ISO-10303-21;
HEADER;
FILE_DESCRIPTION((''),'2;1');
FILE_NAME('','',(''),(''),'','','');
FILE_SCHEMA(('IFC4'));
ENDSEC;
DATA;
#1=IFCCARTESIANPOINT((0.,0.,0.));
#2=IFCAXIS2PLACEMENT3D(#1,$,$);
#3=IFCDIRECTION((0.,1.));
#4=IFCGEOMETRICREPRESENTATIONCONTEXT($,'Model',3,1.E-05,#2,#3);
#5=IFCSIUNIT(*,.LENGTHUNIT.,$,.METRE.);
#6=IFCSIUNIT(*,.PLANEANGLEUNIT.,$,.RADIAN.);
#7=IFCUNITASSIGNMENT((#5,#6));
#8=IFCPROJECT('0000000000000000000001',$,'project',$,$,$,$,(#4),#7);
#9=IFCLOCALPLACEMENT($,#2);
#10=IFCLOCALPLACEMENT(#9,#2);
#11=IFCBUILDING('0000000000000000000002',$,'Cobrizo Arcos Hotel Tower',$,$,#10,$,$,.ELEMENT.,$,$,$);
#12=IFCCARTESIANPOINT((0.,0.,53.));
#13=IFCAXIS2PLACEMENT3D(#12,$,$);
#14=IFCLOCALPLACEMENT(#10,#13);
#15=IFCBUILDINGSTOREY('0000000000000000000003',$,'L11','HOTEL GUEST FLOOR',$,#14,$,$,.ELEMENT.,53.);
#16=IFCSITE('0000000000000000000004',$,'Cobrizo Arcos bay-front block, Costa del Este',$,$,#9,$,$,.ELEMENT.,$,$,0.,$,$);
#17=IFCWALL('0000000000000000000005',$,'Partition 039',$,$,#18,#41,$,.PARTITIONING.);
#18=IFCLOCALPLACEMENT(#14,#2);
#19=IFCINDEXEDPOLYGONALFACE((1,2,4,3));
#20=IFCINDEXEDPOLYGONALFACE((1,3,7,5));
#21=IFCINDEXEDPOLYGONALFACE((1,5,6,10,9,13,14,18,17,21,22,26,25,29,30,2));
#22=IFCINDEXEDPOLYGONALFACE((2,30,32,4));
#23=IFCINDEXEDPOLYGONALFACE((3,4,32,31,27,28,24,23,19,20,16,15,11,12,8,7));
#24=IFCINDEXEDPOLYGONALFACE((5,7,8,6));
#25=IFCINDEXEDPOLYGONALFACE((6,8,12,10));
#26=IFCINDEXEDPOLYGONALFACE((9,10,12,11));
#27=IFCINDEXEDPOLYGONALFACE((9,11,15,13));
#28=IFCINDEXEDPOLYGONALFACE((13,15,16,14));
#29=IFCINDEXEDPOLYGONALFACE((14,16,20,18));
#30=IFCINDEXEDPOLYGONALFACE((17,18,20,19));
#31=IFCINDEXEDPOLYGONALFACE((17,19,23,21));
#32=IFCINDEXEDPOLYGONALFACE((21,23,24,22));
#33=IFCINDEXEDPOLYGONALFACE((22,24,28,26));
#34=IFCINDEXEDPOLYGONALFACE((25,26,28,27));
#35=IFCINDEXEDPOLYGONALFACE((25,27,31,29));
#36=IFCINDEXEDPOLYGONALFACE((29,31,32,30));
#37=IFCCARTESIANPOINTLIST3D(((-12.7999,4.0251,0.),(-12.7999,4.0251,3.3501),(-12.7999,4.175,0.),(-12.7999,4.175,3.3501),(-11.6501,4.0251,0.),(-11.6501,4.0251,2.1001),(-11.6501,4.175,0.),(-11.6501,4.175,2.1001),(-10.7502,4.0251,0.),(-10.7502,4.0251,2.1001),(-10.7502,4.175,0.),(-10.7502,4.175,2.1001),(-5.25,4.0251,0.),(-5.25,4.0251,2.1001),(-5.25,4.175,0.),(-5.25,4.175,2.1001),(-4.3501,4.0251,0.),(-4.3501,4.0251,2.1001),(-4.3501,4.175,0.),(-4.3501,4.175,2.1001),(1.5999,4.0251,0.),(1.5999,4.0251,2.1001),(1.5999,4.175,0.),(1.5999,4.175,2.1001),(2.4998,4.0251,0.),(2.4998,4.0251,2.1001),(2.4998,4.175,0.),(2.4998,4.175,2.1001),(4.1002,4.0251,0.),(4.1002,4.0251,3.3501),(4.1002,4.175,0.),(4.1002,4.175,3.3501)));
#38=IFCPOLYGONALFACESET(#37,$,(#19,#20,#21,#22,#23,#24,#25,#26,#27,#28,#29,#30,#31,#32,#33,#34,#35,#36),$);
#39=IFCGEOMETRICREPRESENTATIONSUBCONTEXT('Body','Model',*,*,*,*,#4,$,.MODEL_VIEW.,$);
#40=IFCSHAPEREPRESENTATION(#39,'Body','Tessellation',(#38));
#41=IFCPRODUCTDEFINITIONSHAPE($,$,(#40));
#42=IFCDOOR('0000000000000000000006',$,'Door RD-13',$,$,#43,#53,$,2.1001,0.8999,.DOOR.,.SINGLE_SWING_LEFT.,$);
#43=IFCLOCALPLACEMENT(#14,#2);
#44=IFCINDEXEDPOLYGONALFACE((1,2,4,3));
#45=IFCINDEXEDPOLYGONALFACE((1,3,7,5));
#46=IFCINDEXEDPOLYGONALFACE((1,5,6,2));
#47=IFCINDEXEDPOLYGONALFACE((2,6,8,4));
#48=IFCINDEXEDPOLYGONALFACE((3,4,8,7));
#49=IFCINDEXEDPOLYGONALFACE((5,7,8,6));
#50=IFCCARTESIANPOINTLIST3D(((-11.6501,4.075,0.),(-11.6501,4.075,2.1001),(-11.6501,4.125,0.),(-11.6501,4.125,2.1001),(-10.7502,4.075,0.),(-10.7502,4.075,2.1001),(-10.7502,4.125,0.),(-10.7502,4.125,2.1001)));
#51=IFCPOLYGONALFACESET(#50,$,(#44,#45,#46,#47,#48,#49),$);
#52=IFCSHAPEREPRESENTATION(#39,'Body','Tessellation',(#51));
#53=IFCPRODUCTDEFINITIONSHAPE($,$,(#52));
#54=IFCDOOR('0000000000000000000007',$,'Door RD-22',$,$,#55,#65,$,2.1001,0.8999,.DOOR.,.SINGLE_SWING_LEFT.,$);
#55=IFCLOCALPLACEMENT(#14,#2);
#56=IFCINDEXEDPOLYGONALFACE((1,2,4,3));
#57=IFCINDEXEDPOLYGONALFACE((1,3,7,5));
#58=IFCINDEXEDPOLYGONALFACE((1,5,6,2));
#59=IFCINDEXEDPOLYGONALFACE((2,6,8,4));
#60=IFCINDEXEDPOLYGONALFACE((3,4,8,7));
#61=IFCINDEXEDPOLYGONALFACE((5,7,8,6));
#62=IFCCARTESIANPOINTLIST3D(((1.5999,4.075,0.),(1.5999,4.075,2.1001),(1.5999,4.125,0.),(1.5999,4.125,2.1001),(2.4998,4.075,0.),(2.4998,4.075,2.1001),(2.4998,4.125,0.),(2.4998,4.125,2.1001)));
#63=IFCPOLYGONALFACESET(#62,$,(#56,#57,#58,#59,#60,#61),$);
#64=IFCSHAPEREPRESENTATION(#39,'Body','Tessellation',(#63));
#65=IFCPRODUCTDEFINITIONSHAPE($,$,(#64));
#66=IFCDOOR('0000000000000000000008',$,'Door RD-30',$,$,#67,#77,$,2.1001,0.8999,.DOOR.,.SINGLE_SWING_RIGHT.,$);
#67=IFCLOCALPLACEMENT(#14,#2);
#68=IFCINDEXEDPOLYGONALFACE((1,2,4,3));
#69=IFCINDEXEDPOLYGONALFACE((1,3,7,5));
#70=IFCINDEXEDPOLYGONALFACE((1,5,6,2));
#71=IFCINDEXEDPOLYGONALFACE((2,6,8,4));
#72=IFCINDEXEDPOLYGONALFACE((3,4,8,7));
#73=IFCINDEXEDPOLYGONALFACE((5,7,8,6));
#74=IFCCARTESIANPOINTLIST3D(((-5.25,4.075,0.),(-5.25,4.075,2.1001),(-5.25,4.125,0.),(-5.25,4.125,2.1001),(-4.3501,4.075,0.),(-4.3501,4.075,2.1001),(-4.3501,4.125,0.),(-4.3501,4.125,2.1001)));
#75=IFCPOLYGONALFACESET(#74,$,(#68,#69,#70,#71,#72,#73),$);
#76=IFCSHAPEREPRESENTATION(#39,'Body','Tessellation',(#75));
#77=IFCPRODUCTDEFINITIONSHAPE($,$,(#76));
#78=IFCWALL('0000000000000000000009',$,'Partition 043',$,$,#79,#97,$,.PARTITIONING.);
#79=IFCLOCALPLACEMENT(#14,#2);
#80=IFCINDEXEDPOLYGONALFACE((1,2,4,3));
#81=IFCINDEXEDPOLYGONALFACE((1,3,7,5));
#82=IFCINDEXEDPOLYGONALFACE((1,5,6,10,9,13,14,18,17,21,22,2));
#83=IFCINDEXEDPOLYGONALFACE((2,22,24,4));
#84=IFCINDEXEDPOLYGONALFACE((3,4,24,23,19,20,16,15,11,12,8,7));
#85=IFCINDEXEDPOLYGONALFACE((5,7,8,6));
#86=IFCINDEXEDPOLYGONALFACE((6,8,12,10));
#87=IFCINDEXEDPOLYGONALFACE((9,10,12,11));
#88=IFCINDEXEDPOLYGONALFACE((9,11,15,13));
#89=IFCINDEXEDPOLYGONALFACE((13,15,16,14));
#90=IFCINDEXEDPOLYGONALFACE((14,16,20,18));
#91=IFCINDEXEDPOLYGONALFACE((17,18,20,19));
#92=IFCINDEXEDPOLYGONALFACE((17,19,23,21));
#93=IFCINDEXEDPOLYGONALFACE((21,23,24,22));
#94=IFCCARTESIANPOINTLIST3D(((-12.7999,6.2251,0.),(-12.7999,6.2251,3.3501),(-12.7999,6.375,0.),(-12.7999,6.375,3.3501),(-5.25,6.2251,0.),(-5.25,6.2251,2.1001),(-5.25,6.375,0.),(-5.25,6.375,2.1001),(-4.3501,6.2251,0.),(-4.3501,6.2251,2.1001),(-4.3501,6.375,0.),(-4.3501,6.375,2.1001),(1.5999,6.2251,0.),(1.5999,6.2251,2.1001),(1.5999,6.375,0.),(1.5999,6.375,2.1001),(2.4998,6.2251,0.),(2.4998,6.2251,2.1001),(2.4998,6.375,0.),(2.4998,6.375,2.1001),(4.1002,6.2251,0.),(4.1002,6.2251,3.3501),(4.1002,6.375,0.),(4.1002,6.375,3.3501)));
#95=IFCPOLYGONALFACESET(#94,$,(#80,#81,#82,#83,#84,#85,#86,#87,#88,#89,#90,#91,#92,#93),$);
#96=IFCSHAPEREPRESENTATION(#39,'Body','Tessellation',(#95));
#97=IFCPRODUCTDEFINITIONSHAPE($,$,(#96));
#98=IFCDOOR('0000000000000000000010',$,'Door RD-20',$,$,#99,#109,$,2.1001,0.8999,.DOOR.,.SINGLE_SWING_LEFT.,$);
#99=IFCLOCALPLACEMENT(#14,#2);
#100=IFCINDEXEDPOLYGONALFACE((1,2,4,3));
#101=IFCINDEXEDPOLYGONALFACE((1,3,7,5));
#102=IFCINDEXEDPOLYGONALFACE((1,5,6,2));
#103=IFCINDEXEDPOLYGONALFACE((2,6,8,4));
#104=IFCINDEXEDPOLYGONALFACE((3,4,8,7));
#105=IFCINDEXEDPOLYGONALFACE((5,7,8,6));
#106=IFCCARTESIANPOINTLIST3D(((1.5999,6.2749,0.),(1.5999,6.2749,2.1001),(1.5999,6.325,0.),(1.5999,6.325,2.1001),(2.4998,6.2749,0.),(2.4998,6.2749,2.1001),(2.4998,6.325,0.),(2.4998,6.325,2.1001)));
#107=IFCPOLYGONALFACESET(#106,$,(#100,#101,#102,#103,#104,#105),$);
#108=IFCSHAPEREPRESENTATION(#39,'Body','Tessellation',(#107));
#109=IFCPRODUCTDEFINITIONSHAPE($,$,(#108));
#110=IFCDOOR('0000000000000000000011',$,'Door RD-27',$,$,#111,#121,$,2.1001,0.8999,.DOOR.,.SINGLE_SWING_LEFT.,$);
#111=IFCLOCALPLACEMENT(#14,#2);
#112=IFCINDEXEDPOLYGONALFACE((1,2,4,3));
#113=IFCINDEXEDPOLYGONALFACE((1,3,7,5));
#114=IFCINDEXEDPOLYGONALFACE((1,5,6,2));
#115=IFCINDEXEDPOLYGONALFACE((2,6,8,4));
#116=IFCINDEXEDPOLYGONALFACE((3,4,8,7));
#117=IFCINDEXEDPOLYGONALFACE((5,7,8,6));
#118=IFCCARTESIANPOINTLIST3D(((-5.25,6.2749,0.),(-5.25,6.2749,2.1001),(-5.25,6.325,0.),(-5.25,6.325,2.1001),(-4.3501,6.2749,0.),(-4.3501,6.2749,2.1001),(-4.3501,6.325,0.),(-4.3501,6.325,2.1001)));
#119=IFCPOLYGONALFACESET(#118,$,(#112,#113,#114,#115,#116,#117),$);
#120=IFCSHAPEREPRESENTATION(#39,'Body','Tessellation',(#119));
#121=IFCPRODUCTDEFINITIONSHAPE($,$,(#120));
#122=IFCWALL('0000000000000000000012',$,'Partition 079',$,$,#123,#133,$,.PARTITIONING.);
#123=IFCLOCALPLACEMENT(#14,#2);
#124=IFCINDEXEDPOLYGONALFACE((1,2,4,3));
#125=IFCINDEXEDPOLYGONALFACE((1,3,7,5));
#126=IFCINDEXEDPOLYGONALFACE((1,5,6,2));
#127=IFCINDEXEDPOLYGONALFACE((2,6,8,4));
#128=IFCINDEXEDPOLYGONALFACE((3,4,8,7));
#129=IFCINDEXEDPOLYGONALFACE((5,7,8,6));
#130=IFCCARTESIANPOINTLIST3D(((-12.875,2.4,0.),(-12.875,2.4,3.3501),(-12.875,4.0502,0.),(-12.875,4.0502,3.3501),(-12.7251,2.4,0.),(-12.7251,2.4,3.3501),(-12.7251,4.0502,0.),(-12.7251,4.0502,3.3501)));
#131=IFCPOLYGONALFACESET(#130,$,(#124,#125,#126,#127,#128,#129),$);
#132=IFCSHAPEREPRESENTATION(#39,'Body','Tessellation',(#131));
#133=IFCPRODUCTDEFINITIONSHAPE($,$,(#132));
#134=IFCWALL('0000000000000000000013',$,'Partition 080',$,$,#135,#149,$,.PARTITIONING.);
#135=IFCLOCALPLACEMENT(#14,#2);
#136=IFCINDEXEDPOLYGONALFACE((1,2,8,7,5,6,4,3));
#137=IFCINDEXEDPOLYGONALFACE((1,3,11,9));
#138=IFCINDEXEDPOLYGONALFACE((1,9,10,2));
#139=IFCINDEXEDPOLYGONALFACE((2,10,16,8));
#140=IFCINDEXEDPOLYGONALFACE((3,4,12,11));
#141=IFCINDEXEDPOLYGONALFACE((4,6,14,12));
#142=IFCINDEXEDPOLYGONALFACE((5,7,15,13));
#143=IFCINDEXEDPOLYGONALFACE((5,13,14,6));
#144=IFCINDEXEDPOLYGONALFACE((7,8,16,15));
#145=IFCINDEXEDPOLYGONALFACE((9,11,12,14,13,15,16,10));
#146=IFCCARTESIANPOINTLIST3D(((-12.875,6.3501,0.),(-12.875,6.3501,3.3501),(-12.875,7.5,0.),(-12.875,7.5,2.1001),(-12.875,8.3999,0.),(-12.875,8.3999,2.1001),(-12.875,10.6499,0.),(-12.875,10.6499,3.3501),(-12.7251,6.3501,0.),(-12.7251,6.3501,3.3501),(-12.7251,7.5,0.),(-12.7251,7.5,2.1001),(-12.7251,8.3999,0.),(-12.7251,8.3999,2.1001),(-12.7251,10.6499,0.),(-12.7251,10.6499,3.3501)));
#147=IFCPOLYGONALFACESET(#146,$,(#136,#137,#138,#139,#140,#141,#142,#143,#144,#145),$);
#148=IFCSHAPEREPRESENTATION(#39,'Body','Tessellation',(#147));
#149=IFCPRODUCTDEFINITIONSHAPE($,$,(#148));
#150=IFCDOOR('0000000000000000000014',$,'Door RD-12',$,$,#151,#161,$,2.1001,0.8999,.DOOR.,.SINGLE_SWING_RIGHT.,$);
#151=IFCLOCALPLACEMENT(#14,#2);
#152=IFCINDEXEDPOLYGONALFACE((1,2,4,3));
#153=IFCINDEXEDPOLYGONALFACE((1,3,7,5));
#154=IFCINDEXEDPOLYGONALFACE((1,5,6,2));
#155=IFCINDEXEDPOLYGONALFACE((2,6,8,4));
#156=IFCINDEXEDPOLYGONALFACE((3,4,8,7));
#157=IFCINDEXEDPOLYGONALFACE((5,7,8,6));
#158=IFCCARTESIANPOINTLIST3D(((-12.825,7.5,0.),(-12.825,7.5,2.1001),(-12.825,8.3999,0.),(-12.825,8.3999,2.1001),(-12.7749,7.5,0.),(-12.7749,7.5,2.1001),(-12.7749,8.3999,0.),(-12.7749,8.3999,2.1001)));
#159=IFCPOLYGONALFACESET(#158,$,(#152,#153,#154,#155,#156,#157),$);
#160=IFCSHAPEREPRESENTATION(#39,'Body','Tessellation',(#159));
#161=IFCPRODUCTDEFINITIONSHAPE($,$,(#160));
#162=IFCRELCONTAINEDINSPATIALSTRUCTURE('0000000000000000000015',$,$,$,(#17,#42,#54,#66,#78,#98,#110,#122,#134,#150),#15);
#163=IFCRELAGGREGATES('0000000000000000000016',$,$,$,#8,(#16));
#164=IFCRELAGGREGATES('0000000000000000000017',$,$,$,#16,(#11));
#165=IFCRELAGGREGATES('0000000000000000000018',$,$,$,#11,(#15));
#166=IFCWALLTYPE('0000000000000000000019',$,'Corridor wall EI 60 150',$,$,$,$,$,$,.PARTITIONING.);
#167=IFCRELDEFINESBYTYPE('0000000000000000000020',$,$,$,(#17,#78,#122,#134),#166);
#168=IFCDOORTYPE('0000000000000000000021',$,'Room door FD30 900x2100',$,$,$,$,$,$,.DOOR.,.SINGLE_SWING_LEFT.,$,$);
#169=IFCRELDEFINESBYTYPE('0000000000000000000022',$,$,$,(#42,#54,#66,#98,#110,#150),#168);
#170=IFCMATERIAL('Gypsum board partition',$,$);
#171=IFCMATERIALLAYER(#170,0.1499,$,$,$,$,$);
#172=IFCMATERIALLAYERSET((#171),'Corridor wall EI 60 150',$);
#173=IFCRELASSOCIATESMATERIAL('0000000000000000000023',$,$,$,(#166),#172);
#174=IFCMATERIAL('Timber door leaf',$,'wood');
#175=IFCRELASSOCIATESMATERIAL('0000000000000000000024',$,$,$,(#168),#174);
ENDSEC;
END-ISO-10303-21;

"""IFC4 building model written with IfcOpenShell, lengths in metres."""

from ifc_helpers import new_model, si_unit, direction, frame, frame_2d, origin, place, context, subcontext, project, spatial, rectangle, extrude, material, layer, layer_set, type_object, element, fill, save


model = new_model("IFC4")

# Units and contexts
model_context = context("Model", 3, precision=1e-05, world=origin(), true_north=direction((0.0, 1.0)))
body_context = subcontext(model_context, "Body", "Model", "MODEL_VIEW")
ifc_project = project(units=[si_unit("LENGTHUNIT", "METRE"), si_unit("PLANEANGLEUNIT", "RADIAN")], contexts=[model_context])

# Site, building, storey
site_placement = place(None, origin())
site = spatial("IfcSite", under=ifc_project, at=site_placement, Name="Cobrizo Arcos bay-front block, Costa del Este", CompositionType="ELEMENT", RefElevation=0.0)
building_placement = place(site_placement, origin())
building = spatial("IfcBuilding", under=site, at=building_placement, Name="Cobrizo Arcos Hotel Tower", CompositionType="ELEMENT")
storey_placement = place(building_placement, frame((0.0, 0.0, 53.0)))
storey = spatial("IfcBuildingStorey", under=building, at=storey_placement, Name="L11", Description="HOTEL GUEST FLOOR", CompositionType="ELEMENT", Elevation=53.0)

# Walls, openings, doors
ifc_material_1 = material(Name="Gypsum board partition")
ifc_layer_1 = layer(ifc_material_1, 0.1499)
ifc_layer_set_1 = layer_set([ifc_layer_1], Name="Corridor wall EI 60 150")
wall_type_1 = type_object("IfcWallType", Name="Corridor wall EI 60 150", PredefinedType="PARTITIONING", material=ifc_layer_set_1)
wall_1_placement = place(storey_placement, frame((-12.8, 4.1001, 0.0), z_axis=(0.0, 0.0, 1.0), x_axis=(1.0, 0.0, 0.0)))
wall_1 = element("IfcWall", 1, at=wall_1_placement, inside=storey, type_object=wall_type_1, Name="Partition 039", PredefinedType="PARTITIONING", context=body_context, shape_type="SweptSolid", body=[
    extrude(rectangle(XDim=16.9001, YDim=0.1499, at=frame_2d((8.4502, 0.0))), origin(), (0.0, 0.0, 1.0), 3.3501),
])
opening_1_placement = place(wall_1_placement, frame((1.1499, 0.0, 0.0)))
opening_1 = element("IfcOpeningElement", 2, at=opening_1_placement, cuts=wall_1, PredefinedType="OPENING", context=body_context, shape_type="SweptSolid", body=[
    extrude(rectangle(XDim=0.8999, YDim=2.1001, at=frame_2d((0.45, 1.05))), frame((0.0, 0.0869, 0.0), z_axis=(0.0, -1.0, 0.0), x_axis=(1.0, 0.0, 0.0)), (0.0, 0.0, 1.0), 0.1738),
])
opening_2_placement = place(wall_1_placement, frame((14.3999, 0.0, 0.0)))
opening_2 = element("IfcOpeningElement", 3, at=opening_2_placement, cuts=wall_1, PredefinedType="OPENING", context=body_context, shape_type="SweptSolid", body=[
    extrude(rectangle(XDim=0.8999, YDim=2.1001, at=frame_2d((0.45, 1.05))), frame((0.0, 0.0869, 0.0), z_axis=(0.0, -1.0, 0.0), x_axis=(1.0, 0.0, 0.0)), (0.0, 0.0, 1.0), 0.1738),
])
opening_3_placement = place(wall_1_placement, frame((7.55, 0.0, 0.0)))
opening_3 = element("IfcOpeningElement", 4, at=opening_3_placement, cuts=wall_1, PredefinedType="OPENING", context=body_context, shape_type="SweptSolid", body=[
    extrude(rectangle(XDim=0.8999, YDim=2.1001, at=frame_2d((0.45, 1.05))), frame((0.0, 0.0869, 0.0), z_axis=(0.0, -1.0, 0.0), x_axis=(1.0, 0.0, 0.0)), (0.0, 0.0, 1.0), 0.1738),
])
ifc_material_2 = material(Name="Timber door leaf", Category="wood")
door_type = type_object("IfcDoorType", Name="Room door FD30 900x2100", OperationType="SINGLE_SWING_LEFT", PredefinedType="DOOR", material=ifc_material_2)
door_1_placement = place(opening_1_placement, origin())
door_1 = element("IfcDoor", 5, at=door_1_placement, inside=storey, type_object=door_type, Name="Door RD-13", OperationType="SINGLE_SWING_LEFT", OverallHeight=2.1001, OverallWidth=0.8999, PredefinedType="DOOR", context=body_context, shape_type="SweptSolid", body=[
    extrude(rectangle(XDim=0.8999, YDim=2.1001, at=frame_2d((0.45, 1.05))), frame((0.0, 0.0249, 0.0), z_axis=(0.0, -1.0, 0.0), x_axis=(1.0, 0.0, 0.0)), (0.0, 0.0, 1.0), 0.05),
])
fill(opening_1, door_1)
door_2_placement = place(opening_2_placement, origin())
door_2 = element("IfcDoor", 6, at=door_2_placement, inside=storey, type_object=door_type, Name="Door RD-22", OperationType="SINGLE_SWING_LEFT", OverallHeight=2.1001, OverallWidth=0.8999, PredefinedType="DOOR", context=body_context, shape_type="SweptSolid", body=[
    extrude(rectangle(XDim=0.8999, YDim=2.1001, at=frame_2d((0.45, 1.05))), frame((0.0, 0.0249, 0.0), z_axis=(0.0, -1.0, 0.0), x_axis=(1.0, 0.0, 0.0)), (0.0, 0.0, 1.0), 0.05),
])
fill(opening_2, door_2)
door_3_placement = place(opening_3_placement, origin())
door_3 = element("IfcDoor", 7, at=door_3_placement, inside=storey, type_object=door_type, Name="Door RD-30", OperationType="SINGLE_SWING_RIGHT", OverallHeight=2.1001, OverallWidth=0.8999, PredefinedType="DOOR", context=body_context, shape_type="SweptSolid", body=[
    extrude(rectangle(XDim=0.8999, YDim=2.1001, at=frame_2d((0.45, 1.05))), frame((0.0, 0.0249, 0.0), z_axis=(0.0, -1.0, 0.0), x_axis=(1.0, 0.0, 0.0)), (0.0, 0.0, 1.0), 0.05),
])
fill(opening_3, door_3)
wall_2_placement = place(storey_placement, frame((-12.8, 6.3, 0.0), z_axis=(0.0, 0.0, 1.0), x_axis=(1.0, 0.0, 0.0)))
wall_2 = element("IfcWall", 8, at=wall_2_placement, inside=storey, type_object=wall_type_1, Name="Partition 043", PredefinedType="PARTITIONING", context=body_context, shape_type="SweptSolid", body=[
    extrude(rectangle(XDim=16.9001, YDim=0.1499, at=frame_2d((8.4502, 0.0))), origin(), (0.0, 0.0, 1.0), 3.3501),
])
opening_4_placement = place(wall_2_placement, frame((14.3999, 0.0, 0.0)))
opening_4 = element("IfcOpeningElement", 9, at=opening_4_placement, cuts=wall_2, PredefinedType="OPENING", context=body_context, shape_type="SweptSolid", body=[
    extrude(rectangle(XDim=0.8999, YDim=2.1001, at=frame_2d((0.45, 1.05))), frame((0.0, 0.0869, 0.0), z_axis=(0.0, -1.0, 0.0), x_axis=(1.0, 0.0, 0.0)), (0.0, 0.0, 1.0), 0.1738),
])
opening_5_placement = place(wall_2_placement, frame((7.55, 0.0, 0.0)))
opening_5 = element("IfcOpeningElement", 10, at=opening_5_placement, cuts=wall_2, PredefinedType="OPENING", context=body_context, shape_type="SweptSolid", body=[
    extrude(rectangle(XDim=0.8999, YDim=2.1001, at=frame_2d((0.45, 1.05))), frame((0.0, 0.0869, 0.0), z_axis=(0.0, -1.0, 0.0), x_axis=(1.0, 0.0, 0.0)), (0.0, 0.0, 1.0), 0.1738),
])
door_4_placement = place(opening_4_placement, origin())
door_4 = element("IfcDoor", 11, at=door_4_placement, inside=storey, type_object=door_type, Name="Door RD-20", OperationType="SINGLE_SWING_LEFT", OverallHeight=2.1001, OverallWidth=0.8999, PredefinedType="DOOR", context=body_context, shape_type="SweptSolid", body=[
    extrude(rectangle(XDim=0.8999, YDim=2.1001, at=frame_2d((0.45, 1.05))), frame((0.0, 0.0249, 0.0), z_axis=(0.0, -1.0, 0.0), x_axis=(1.0, 0.0, 0.0)), (0.0, 0.0, 1.0), 0.05),
])
fill(opening_4, door_4)
door_5_placement = place(opening_5_placement, origin())
door_5 = element("IfcDoor", 12, at=door_5_placement, inside=storey, type_object=door_type, Name="Door RD-27", OperationType="SINGLE_SWING_LEFT", OverallHeight=2.1001, OverallWidth=0.8999, PredefinedType="DOOR", context=body_context, shape_type="SweptSolid", body=[
    extrude(rectangle(XDim=0.8999, YDim=2.1001, at=frame_2d((0.45, 1.05))), frame((0.0, 0.0249, 0.0), z_axis=(0.0, -1.0, 0.0), x_axis=(1.0, 0.0, 0.0)), (0.0, 0.0, 1.0), 0.05),
])
fill(opening_5, door_5)

# Wall
wall_3_placement = place(storey_placement, frame((-12.8, 2.3999, 0.0), z_axis=(0.0, 0.0, 1.0), x_axis=(0.0, 1.0, 0.0)))
element("IfcWall", 13, at=wall_3_placement, inside=storey, type_object=wall_type_1, Name="Partition 079", PredefinedType="PARTITIONING", context=body_context, shape_type="SweptSolid", body=[
    extrude(rectangle(XDim=1.6501, YDim=0.1499, at=frame_2d((0.8252, 0.0))), origin(), (0.0, 0.0, 1.0), 3.3501),
])

# Wall, opening, door
wall_4_placement = place(storey_placement, frame((-12.8, 6.3501, 0.0), z_axis=(0.0, 0.0, 1.0), x_axis=(0.0, 1.0, 0.0)))
wall_4 = element("IfcWall", 14, at=wall_4_placement, inside=storey, type_object=wall_type_1, Name="Partition 080", PredefinedType="PARTITIONING", context=body_context, shape_type="SweptSolid", body=[
    extrude(rectangle(XDim=4.2998, YDim=0.1499, at=frame_2d((2.1499, 0.0))), origin(), (0.0, 0.0, 1.0), 3.3501),
])
opening_6_placement = place(wall_4_placement, frame((1.1499, 0.0, 0.0)))
opening_6 = element("IfcOpeningElement", 15, at=opening_6_placement, cuts=wall_4, PredefinedType="OPENING", context=body_context, shape_type="SweptSolid", body=[
    extrude(rectangle(XDim=0.8999, YDim=2.1001, at=frame_2d((0.45, 1.05))), frame((0.0, 0.0869, 0.0), z_axis=(0.0, -1.0, 0.0), x_axis=(1.0, 0.0, 0.0)), (0.0, 0.0, 1.0), 0.1738),
])
door_6_placement = place(opening_6_placement, origin())
door_6 = element("IfcDoor", 16, at=door_6_placement, inside=storey, type_object=door_type, Name="Door RD-12", OperationType="SINGLE_SWING_RIGHT", OverallHeight=2.1001, OverallWidth=0.8999, PredefinedType="DOOR", context=body_context, shape_type="SweptSolid", body=[
    extrude(rectangle(XDim=0.8999, YDim=2.1001, at=frame_2d((0.45, 1.05))), frame((0.0, 0.0249, 0.0), z_axis=(0.0, -1.0, 0.0), x_axis=(1.0, 0.0, 0.0)), (0.0, 0.0, 1.0), 0.05),
])
fill(opening_6, door_6)

save(model, "model.ifc")
